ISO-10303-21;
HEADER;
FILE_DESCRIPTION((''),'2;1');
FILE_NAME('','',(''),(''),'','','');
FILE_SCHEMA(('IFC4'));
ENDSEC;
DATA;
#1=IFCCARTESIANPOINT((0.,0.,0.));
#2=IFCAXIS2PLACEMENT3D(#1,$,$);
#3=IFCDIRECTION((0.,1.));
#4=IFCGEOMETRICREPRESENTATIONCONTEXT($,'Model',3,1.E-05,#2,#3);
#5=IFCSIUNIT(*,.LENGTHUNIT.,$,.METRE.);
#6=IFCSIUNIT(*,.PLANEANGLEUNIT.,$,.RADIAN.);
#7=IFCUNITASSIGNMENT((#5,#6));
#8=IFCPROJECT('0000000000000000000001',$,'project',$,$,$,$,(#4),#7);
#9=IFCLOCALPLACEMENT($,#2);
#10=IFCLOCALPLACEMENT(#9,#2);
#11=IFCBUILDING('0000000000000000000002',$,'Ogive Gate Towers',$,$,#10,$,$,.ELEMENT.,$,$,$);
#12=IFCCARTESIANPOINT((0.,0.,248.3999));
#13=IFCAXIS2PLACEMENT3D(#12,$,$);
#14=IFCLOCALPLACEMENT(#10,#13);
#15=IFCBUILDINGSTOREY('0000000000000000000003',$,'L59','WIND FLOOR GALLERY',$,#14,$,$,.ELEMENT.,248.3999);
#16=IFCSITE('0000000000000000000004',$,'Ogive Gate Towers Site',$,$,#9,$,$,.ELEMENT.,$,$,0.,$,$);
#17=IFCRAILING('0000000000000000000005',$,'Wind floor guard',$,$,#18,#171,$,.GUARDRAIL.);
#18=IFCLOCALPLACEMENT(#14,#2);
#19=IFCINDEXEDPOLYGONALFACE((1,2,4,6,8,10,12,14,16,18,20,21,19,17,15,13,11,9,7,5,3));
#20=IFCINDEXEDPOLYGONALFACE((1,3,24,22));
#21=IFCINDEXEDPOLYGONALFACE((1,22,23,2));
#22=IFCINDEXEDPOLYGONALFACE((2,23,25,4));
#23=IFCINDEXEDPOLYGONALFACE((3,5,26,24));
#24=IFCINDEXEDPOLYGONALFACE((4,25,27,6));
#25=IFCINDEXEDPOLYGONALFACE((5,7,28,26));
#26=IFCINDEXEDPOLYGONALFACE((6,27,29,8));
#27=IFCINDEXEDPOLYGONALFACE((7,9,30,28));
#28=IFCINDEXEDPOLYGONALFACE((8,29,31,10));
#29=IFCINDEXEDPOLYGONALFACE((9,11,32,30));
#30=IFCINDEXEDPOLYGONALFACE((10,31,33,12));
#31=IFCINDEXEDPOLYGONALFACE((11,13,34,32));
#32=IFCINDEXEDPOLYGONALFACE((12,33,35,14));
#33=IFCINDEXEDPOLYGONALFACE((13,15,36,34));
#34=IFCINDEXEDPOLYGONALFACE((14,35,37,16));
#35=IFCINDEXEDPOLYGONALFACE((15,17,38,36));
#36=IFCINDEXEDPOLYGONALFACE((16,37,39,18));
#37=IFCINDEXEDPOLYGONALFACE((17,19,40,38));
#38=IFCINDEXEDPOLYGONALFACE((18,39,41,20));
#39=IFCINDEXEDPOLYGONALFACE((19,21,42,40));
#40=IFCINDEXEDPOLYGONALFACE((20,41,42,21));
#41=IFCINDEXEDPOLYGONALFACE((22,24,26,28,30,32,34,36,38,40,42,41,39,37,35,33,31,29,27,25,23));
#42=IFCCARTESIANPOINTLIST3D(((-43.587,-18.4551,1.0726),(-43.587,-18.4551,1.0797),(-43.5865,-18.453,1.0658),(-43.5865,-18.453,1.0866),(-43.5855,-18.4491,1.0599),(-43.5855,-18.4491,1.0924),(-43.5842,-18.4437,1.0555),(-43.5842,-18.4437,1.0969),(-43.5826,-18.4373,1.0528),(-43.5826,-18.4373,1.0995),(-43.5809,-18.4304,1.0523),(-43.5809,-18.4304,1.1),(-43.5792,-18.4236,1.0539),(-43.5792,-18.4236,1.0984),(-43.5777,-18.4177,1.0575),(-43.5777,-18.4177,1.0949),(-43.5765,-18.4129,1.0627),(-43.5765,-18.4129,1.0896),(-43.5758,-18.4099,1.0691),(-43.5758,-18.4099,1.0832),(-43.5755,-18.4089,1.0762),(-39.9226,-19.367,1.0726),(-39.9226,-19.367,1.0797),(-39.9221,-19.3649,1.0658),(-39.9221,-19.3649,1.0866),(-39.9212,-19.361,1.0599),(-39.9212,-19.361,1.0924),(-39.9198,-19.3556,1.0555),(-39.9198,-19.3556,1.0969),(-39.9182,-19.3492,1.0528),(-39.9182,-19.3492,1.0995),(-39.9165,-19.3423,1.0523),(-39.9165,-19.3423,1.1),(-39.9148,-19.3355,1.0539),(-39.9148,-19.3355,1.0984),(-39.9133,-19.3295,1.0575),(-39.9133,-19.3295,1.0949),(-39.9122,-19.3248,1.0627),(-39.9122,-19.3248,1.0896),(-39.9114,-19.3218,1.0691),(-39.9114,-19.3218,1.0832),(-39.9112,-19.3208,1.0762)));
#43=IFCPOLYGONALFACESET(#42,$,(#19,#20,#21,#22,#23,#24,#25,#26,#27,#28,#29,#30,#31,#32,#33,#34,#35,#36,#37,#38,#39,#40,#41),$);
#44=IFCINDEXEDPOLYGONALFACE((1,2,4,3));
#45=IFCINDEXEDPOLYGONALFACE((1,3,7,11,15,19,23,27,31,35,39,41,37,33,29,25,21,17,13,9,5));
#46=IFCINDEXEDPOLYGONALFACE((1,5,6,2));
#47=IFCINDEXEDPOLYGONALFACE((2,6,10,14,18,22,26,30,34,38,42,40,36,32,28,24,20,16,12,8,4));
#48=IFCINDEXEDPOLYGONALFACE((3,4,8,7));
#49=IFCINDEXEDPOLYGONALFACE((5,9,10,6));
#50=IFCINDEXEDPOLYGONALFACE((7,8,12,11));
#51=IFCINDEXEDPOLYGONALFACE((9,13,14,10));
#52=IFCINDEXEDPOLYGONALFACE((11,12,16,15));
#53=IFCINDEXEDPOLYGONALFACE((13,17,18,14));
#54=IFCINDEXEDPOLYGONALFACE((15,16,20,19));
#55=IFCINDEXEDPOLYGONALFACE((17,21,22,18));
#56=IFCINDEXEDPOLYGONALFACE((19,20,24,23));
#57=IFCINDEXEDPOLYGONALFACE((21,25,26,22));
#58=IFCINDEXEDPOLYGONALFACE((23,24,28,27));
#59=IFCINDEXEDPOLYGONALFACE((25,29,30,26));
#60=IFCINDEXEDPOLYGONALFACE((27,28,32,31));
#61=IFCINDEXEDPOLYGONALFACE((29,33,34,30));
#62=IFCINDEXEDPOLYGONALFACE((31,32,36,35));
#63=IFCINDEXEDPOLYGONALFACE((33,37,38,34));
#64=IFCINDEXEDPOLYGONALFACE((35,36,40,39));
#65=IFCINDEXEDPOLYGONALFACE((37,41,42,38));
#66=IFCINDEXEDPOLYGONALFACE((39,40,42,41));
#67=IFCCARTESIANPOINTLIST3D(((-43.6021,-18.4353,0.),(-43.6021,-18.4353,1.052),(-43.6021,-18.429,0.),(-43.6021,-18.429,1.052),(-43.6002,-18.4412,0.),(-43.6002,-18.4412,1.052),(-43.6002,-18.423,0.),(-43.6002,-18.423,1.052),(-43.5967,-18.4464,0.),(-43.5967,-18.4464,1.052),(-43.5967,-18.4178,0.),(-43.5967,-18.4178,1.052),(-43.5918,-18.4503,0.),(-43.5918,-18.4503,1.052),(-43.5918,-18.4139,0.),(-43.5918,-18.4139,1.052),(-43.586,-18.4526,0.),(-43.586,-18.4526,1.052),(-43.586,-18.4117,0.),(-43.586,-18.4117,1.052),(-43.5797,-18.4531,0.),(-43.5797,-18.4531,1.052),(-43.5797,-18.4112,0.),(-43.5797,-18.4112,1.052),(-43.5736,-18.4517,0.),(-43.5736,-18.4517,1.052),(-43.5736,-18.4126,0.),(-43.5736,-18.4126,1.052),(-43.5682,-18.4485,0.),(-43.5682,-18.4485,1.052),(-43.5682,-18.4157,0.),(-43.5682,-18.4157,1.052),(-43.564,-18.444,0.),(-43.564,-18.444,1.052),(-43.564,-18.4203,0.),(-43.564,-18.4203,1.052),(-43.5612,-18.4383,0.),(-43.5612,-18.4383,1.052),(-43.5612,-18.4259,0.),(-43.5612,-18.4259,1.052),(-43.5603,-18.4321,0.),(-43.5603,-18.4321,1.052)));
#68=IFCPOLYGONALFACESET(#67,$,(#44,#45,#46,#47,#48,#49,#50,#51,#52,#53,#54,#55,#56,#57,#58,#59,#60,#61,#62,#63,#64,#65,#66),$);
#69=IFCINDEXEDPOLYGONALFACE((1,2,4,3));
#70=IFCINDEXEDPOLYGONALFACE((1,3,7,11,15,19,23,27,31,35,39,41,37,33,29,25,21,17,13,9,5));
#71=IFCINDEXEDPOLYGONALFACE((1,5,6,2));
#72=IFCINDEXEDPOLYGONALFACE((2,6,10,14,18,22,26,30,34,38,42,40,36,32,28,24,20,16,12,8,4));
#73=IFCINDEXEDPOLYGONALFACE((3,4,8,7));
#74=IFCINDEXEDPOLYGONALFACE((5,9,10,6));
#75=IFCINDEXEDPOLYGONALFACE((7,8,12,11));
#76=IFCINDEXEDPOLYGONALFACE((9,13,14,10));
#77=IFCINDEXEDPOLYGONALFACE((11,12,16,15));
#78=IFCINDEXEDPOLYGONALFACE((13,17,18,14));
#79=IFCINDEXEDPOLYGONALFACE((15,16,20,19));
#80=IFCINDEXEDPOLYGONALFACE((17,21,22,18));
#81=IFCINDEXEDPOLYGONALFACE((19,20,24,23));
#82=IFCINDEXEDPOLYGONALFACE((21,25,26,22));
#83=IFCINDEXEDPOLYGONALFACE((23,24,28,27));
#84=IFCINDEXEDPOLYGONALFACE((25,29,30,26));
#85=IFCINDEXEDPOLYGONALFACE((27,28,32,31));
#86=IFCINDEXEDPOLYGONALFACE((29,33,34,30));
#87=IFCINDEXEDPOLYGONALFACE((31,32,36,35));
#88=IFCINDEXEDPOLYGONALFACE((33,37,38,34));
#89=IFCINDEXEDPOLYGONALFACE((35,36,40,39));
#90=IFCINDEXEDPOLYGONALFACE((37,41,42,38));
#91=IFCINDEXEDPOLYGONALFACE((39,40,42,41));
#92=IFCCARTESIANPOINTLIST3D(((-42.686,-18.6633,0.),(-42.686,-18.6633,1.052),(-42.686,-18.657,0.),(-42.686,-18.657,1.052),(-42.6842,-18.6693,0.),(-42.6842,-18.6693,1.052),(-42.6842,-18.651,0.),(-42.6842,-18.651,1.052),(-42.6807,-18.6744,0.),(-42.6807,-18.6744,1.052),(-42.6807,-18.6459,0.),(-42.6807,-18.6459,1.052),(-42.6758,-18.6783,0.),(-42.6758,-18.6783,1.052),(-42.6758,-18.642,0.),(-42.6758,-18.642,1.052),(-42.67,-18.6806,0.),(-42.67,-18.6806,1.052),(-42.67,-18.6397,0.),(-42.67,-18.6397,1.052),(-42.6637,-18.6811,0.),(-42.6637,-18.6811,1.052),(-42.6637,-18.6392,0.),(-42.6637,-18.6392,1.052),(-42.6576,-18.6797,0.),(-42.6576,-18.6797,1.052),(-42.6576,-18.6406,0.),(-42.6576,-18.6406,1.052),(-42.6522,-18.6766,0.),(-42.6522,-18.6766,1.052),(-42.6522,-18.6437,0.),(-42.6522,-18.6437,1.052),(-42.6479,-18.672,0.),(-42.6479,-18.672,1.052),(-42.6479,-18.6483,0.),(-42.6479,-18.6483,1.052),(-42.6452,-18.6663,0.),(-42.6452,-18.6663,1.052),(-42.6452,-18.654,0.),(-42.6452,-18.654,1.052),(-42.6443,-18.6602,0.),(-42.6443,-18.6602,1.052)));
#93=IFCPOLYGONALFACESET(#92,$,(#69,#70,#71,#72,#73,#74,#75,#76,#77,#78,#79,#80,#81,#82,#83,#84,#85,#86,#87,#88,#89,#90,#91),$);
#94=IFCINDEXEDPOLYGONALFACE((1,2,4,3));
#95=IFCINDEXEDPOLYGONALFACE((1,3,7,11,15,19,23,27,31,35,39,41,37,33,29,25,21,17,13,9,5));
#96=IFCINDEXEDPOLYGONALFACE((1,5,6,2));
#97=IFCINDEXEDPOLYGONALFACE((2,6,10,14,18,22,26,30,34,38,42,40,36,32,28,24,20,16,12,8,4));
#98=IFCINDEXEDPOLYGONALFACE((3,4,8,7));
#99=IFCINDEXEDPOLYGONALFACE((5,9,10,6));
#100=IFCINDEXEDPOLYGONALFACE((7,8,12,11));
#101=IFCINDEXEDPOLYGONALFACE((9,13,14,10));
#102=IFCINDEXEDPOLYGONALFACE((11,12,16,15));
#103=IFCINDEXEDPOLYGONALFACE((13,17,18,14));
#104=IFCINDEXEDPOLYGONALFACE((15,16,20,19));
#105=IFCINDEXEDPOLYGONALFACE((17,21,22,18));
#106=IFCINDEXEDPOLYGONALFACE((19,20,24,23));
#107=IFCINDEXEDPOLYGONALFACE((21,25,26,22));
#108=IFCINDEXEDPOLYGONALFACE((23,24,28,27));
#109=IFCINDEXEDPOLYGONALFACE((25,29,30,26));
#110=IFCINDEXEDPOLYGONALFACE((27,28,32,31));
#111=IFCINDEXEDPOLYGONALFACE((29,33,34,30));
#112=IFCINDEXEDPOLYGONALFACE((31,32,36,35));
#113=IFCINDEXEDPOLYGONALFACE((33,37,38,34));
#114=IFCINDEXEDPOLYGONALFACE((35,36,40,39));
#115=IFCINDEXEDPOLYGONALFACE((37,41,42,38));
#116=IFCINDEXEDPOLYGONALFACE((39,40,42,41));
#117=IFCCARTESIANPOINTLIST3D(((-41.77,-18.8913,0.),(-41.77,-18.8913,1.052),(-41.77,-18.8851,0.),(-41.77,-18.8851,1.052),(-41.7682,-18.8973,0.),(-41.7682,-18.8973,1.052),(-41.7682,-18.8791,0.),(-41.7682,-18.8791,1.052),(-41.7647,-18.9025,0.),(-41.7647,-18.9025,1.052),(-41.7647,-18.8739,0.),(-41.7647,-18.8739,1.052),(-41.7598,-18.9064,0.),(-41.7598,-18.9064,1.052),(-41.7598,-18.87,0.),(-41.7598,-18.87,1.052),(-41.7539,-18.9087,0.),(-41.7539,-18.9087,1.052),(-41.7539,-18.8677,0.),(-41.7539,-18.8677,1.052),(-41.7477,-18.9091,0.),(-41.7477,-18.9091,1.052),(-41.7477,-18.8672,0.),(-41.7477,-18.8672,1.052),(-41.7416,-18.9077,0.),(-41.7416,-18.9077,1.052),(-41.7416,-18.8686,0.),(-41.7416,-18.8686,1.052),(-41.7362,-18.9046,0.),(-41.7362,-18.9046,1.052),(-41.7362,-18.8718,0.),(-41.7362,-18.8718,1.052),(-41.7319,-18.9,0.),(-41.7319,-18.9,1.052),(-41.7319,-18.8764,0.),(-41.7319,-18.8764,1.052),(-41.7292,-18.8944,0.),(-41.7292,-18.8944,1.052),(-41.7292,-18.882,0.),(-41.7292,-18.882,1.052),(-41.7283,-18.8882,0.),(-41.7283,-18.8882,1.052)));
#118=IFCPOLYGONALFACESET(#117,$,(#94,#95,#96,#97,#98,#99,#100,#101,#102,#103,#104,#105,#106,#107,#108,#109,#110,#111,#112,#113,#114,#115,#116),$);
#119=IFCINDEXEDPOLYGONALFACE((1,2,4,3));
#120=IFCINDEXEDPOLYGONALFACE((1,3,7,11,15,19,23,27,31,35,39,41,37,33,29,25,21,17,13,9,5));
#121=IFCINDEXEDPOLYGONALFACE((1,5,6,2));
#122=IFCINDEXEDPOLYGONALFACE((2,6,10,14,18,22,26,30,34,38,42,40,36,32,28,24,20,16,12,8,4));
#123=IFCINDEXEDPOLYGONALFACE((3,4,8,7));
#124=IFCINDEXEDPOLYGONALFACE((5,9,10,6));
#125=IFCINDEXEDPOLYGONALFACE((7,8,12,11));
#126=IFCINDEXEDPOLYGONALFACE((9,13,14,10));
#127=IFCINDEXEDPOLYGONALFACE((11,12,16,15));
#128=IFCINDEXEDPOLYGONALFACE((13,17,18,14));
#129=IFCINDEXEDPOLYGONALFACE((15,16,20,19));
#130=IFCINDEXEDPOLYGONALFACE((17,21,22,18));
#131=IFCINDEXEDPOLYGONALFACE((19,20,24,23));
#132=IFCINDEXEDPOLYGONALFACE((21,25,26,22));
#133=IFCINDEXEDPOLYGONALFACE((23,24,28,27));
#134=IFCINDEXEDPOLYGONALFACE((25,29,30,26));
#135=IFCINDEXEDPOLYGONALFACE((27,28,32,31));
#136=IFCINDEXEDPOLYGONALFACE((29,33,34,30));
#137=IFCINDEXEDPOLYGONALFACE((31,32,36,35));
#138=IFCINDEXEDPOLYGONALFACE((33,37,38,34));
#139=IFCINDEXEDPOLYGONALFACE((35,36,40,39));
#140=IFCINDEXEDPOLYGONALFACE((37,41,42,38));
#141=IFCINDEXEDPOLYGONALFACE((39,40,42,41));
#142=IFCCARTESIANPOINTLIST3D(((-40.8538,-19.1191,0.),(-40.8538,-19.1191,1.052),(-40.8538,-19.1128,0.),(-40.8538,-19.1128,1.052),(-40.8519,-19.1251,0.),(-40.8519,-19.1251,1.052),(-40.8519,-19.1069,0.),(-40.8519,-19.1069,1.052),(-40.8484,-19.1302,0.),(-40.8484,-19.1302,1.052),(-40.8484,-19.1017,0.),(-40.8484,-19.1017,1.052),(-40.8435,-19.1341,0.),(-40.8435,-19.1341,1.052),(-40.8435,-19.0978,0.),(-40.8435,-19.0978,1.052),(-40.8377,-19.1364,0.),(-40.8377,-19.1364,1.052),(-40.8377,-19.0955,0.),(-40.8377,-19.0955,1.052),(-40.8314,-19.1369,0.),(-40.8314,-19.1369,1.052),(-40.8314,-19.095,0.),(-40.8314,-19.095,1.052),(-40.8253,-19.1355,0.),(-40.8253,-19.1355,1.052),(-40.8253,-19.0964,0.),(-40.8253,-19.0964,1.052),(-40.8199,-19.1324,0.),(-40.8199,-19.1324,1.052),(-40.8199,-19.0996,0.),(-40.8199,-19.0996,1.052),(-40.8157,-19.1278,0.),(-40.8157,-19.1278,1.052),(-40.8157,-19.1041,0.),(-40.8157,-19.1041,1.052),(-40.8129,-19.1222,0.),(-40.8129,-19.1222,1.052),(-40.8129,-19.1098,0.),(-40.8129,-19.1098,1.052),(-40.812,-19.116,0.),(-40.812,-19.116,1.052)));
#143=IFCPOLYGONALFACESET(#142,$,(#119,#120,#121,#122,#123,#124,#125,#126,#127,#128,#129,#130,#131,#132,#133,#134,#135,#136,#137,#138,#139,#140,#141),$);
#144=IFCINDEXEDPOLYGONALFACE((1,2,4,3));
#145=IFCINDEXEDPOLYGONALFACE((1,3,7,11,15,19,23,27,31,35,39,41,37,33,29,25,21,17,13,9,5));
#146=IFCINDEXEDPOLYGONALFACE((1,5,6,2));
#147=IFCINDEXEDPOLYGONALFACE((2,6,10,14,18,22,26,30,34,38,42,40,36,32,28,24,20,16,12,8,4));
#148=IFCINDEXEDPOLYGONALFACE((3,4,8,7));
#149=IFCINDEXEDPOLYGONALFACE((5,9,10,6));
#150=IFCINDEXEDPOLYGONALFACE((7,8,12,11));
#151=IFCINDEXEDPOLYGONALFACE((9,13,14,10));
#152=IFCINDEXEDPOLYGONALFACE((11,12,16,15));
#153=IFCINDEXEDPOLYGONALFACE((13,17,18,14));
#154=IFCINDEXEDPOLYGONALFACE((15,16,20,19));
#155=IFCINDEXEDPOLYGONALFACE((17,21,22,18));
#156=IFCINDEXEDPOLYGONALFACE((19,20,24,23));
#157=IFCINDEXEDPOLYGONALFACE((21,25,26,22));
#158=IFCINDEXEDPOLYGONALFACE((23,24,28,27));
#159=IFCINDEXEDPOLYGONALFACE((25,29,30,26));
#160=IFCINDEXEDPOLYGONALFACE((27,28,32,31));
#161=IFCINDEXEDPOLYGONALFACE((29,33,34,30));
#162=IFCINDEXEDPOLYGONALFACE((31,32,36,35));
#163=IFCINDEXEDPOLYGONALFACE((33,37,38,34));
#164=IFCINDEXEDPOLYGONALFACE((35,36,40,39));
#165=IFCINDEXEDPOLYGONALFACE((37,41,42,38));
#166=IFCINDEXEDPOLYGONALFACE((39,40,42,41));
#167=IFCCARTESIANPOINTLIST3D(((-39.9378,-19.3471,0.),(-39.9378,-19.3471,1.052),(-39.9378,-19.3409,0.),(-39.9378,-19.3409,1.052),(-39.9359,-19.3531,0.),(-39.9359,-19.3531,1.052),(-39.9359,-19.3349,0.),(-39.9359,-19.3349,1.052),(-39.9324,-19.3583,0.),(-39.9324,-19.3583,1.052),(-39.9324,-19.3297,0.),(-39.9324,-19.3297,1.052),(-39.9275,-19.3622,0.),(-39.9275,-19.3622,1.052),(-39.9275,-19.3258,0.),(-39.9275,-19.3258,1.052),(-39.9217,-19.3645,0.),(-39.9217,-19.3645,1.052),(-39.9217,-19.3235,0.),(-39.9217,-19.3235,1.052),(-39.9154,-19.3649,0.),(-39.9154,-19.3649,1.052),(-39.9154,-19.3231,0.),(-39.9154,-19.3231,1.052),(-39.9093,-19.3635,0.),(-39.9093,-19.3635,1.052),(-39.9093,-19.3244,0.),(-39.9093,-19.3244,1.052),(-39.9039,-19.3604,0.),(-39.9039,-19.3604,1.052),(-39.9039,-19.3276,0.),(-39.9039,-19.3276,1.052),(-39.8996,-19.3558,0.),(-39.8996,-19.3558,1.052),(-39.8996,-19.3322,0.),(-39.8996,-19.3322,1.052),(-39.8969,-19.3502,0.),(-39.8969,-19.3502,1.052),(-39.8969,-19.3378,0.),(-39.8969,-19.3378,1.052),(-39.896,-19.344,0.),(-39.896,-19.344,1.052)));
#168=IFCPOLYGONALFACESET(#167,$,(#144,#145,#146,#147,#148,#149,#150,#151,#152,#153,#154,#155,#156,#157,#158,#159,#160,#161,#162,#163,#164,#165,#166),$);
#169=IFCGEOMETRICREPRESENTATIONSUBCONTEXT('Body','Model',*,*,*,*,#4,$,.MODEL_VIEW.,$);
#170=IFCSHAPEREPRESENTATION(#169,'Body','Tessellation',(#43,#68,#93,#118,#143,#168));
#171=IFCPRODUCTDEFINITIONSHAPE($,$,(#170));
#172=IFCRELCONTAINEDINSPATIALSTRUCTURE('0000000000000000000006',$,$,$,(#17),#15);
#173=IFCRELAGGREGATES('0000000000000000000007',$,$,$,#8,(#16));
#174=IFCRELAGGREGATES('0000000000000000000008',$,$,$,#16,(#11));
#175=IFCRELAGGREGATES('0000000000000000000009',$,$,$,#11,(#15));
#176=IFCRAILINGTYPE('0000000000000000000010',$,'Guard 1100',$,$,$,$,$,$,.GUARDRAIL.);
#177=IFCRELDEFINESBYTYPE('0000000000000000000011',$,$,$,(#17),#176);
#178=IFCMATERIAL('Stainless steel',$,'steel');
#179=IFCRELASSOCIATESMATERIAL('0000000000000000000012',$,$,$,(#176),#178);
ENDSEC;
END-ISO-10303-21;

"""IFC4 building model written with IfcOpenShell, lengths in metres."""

from ifc_helpers import new_model, si_unit, direction, frame, origin, origin_2d, place, context, subcontext, project, spatial, circle, extrude, material, type_object, element, save


model = new_model("IFC4")

# Units and contexts
model_context = context("Model", 3, precision=1e-05, world=origin(), true_north=direction((0.0, 1.0)))
body_context = subcontext(model_context, "Body", "Model", "MODEL_VIEW")
ifc_project = project(units=[si_unit("LENGTHUNIT", "METRE"), si_unit("PLANEANGLEUNIT", "RADIAN")], contexts=[model_context])

# Site, building, storey
site_placement = place(None, origin())
site = spatial("IfcSite", under=ifc_project, at=site_placement, Name="Ogive Gate Towers Site", CompositionType="ELEMENT", RefElevation=0.0)
building_placement = place(site_placement, origin())
building = spatial("IfcBuilding", under=site, at=building_placement, Name="Ogive Gate Towers", CompositionType="ELEMENT")
storey_placement = place(building_placement, frame((0.0, 0.0, 248.3999)))
storey = spatial("IfcBuildingStorey", under=building, at=storey_placement, Name="L59", Description="WIND FLOOR GALLERY", CompositionType="ELEMENT", Elevation=248.3999)

# Railing
ifc_material_1 = material(Name="Stainless steel", Category="steel")
railing_type = type_object("IfcRailingType", Name="Guard 1100", PredefinedType="GUARDRAIL", material=ifc_material_1)
railing_1_placement = place(storey_placement, frame((-43.5813, -18.4321, 0.0)))
element("IfcRailing", 1, at=railing_1_placement, inside=storey, type_object=railing_type, Name="Wind floor guard", PredefinedType="GUARDRAIL", context=body_context, shape_type="SweptSolid", body=[
    extrude(circle(Radius=0.0239, at=origin_2d()), frame((0.0, 0.0, 1.0762), z_axis=(0.970404, -0.241486, 0.0), x_axis=(0.241486, 0.970404, 0.0)), (0.0, 0.0, 1.0), 3.7761),
    extrude(circle(Radius=0.021, at=origin_2d()), origin(), (0.0, 0.0, 1.0), 1.052),
    extrude(circle(Radius=0.021, at=origin_2d()), frame((0.916, -0.228, 0.0)), (0.0, 0.0, 1.0), 1.052),
    extrude(circle(Radius=0.021, at=origin_2d()), frame((1.832, -0.4561, 0.0)), (0.0, 0.0, 1.0), 1.052),
    extrude(circle(Radius=0.021, at=origin_2d()), frame((2.7483, -0.6838, 0.0)), (0.0, 0.0, 1.0), 1.052),
    extrude(circle(Radius=0.021, at=origin_2d()), frame((3.6643, -0.9119, 0.0)), (0.0, 0.0, 1.0), 1.052),
])

save(model, "model.ifc")
